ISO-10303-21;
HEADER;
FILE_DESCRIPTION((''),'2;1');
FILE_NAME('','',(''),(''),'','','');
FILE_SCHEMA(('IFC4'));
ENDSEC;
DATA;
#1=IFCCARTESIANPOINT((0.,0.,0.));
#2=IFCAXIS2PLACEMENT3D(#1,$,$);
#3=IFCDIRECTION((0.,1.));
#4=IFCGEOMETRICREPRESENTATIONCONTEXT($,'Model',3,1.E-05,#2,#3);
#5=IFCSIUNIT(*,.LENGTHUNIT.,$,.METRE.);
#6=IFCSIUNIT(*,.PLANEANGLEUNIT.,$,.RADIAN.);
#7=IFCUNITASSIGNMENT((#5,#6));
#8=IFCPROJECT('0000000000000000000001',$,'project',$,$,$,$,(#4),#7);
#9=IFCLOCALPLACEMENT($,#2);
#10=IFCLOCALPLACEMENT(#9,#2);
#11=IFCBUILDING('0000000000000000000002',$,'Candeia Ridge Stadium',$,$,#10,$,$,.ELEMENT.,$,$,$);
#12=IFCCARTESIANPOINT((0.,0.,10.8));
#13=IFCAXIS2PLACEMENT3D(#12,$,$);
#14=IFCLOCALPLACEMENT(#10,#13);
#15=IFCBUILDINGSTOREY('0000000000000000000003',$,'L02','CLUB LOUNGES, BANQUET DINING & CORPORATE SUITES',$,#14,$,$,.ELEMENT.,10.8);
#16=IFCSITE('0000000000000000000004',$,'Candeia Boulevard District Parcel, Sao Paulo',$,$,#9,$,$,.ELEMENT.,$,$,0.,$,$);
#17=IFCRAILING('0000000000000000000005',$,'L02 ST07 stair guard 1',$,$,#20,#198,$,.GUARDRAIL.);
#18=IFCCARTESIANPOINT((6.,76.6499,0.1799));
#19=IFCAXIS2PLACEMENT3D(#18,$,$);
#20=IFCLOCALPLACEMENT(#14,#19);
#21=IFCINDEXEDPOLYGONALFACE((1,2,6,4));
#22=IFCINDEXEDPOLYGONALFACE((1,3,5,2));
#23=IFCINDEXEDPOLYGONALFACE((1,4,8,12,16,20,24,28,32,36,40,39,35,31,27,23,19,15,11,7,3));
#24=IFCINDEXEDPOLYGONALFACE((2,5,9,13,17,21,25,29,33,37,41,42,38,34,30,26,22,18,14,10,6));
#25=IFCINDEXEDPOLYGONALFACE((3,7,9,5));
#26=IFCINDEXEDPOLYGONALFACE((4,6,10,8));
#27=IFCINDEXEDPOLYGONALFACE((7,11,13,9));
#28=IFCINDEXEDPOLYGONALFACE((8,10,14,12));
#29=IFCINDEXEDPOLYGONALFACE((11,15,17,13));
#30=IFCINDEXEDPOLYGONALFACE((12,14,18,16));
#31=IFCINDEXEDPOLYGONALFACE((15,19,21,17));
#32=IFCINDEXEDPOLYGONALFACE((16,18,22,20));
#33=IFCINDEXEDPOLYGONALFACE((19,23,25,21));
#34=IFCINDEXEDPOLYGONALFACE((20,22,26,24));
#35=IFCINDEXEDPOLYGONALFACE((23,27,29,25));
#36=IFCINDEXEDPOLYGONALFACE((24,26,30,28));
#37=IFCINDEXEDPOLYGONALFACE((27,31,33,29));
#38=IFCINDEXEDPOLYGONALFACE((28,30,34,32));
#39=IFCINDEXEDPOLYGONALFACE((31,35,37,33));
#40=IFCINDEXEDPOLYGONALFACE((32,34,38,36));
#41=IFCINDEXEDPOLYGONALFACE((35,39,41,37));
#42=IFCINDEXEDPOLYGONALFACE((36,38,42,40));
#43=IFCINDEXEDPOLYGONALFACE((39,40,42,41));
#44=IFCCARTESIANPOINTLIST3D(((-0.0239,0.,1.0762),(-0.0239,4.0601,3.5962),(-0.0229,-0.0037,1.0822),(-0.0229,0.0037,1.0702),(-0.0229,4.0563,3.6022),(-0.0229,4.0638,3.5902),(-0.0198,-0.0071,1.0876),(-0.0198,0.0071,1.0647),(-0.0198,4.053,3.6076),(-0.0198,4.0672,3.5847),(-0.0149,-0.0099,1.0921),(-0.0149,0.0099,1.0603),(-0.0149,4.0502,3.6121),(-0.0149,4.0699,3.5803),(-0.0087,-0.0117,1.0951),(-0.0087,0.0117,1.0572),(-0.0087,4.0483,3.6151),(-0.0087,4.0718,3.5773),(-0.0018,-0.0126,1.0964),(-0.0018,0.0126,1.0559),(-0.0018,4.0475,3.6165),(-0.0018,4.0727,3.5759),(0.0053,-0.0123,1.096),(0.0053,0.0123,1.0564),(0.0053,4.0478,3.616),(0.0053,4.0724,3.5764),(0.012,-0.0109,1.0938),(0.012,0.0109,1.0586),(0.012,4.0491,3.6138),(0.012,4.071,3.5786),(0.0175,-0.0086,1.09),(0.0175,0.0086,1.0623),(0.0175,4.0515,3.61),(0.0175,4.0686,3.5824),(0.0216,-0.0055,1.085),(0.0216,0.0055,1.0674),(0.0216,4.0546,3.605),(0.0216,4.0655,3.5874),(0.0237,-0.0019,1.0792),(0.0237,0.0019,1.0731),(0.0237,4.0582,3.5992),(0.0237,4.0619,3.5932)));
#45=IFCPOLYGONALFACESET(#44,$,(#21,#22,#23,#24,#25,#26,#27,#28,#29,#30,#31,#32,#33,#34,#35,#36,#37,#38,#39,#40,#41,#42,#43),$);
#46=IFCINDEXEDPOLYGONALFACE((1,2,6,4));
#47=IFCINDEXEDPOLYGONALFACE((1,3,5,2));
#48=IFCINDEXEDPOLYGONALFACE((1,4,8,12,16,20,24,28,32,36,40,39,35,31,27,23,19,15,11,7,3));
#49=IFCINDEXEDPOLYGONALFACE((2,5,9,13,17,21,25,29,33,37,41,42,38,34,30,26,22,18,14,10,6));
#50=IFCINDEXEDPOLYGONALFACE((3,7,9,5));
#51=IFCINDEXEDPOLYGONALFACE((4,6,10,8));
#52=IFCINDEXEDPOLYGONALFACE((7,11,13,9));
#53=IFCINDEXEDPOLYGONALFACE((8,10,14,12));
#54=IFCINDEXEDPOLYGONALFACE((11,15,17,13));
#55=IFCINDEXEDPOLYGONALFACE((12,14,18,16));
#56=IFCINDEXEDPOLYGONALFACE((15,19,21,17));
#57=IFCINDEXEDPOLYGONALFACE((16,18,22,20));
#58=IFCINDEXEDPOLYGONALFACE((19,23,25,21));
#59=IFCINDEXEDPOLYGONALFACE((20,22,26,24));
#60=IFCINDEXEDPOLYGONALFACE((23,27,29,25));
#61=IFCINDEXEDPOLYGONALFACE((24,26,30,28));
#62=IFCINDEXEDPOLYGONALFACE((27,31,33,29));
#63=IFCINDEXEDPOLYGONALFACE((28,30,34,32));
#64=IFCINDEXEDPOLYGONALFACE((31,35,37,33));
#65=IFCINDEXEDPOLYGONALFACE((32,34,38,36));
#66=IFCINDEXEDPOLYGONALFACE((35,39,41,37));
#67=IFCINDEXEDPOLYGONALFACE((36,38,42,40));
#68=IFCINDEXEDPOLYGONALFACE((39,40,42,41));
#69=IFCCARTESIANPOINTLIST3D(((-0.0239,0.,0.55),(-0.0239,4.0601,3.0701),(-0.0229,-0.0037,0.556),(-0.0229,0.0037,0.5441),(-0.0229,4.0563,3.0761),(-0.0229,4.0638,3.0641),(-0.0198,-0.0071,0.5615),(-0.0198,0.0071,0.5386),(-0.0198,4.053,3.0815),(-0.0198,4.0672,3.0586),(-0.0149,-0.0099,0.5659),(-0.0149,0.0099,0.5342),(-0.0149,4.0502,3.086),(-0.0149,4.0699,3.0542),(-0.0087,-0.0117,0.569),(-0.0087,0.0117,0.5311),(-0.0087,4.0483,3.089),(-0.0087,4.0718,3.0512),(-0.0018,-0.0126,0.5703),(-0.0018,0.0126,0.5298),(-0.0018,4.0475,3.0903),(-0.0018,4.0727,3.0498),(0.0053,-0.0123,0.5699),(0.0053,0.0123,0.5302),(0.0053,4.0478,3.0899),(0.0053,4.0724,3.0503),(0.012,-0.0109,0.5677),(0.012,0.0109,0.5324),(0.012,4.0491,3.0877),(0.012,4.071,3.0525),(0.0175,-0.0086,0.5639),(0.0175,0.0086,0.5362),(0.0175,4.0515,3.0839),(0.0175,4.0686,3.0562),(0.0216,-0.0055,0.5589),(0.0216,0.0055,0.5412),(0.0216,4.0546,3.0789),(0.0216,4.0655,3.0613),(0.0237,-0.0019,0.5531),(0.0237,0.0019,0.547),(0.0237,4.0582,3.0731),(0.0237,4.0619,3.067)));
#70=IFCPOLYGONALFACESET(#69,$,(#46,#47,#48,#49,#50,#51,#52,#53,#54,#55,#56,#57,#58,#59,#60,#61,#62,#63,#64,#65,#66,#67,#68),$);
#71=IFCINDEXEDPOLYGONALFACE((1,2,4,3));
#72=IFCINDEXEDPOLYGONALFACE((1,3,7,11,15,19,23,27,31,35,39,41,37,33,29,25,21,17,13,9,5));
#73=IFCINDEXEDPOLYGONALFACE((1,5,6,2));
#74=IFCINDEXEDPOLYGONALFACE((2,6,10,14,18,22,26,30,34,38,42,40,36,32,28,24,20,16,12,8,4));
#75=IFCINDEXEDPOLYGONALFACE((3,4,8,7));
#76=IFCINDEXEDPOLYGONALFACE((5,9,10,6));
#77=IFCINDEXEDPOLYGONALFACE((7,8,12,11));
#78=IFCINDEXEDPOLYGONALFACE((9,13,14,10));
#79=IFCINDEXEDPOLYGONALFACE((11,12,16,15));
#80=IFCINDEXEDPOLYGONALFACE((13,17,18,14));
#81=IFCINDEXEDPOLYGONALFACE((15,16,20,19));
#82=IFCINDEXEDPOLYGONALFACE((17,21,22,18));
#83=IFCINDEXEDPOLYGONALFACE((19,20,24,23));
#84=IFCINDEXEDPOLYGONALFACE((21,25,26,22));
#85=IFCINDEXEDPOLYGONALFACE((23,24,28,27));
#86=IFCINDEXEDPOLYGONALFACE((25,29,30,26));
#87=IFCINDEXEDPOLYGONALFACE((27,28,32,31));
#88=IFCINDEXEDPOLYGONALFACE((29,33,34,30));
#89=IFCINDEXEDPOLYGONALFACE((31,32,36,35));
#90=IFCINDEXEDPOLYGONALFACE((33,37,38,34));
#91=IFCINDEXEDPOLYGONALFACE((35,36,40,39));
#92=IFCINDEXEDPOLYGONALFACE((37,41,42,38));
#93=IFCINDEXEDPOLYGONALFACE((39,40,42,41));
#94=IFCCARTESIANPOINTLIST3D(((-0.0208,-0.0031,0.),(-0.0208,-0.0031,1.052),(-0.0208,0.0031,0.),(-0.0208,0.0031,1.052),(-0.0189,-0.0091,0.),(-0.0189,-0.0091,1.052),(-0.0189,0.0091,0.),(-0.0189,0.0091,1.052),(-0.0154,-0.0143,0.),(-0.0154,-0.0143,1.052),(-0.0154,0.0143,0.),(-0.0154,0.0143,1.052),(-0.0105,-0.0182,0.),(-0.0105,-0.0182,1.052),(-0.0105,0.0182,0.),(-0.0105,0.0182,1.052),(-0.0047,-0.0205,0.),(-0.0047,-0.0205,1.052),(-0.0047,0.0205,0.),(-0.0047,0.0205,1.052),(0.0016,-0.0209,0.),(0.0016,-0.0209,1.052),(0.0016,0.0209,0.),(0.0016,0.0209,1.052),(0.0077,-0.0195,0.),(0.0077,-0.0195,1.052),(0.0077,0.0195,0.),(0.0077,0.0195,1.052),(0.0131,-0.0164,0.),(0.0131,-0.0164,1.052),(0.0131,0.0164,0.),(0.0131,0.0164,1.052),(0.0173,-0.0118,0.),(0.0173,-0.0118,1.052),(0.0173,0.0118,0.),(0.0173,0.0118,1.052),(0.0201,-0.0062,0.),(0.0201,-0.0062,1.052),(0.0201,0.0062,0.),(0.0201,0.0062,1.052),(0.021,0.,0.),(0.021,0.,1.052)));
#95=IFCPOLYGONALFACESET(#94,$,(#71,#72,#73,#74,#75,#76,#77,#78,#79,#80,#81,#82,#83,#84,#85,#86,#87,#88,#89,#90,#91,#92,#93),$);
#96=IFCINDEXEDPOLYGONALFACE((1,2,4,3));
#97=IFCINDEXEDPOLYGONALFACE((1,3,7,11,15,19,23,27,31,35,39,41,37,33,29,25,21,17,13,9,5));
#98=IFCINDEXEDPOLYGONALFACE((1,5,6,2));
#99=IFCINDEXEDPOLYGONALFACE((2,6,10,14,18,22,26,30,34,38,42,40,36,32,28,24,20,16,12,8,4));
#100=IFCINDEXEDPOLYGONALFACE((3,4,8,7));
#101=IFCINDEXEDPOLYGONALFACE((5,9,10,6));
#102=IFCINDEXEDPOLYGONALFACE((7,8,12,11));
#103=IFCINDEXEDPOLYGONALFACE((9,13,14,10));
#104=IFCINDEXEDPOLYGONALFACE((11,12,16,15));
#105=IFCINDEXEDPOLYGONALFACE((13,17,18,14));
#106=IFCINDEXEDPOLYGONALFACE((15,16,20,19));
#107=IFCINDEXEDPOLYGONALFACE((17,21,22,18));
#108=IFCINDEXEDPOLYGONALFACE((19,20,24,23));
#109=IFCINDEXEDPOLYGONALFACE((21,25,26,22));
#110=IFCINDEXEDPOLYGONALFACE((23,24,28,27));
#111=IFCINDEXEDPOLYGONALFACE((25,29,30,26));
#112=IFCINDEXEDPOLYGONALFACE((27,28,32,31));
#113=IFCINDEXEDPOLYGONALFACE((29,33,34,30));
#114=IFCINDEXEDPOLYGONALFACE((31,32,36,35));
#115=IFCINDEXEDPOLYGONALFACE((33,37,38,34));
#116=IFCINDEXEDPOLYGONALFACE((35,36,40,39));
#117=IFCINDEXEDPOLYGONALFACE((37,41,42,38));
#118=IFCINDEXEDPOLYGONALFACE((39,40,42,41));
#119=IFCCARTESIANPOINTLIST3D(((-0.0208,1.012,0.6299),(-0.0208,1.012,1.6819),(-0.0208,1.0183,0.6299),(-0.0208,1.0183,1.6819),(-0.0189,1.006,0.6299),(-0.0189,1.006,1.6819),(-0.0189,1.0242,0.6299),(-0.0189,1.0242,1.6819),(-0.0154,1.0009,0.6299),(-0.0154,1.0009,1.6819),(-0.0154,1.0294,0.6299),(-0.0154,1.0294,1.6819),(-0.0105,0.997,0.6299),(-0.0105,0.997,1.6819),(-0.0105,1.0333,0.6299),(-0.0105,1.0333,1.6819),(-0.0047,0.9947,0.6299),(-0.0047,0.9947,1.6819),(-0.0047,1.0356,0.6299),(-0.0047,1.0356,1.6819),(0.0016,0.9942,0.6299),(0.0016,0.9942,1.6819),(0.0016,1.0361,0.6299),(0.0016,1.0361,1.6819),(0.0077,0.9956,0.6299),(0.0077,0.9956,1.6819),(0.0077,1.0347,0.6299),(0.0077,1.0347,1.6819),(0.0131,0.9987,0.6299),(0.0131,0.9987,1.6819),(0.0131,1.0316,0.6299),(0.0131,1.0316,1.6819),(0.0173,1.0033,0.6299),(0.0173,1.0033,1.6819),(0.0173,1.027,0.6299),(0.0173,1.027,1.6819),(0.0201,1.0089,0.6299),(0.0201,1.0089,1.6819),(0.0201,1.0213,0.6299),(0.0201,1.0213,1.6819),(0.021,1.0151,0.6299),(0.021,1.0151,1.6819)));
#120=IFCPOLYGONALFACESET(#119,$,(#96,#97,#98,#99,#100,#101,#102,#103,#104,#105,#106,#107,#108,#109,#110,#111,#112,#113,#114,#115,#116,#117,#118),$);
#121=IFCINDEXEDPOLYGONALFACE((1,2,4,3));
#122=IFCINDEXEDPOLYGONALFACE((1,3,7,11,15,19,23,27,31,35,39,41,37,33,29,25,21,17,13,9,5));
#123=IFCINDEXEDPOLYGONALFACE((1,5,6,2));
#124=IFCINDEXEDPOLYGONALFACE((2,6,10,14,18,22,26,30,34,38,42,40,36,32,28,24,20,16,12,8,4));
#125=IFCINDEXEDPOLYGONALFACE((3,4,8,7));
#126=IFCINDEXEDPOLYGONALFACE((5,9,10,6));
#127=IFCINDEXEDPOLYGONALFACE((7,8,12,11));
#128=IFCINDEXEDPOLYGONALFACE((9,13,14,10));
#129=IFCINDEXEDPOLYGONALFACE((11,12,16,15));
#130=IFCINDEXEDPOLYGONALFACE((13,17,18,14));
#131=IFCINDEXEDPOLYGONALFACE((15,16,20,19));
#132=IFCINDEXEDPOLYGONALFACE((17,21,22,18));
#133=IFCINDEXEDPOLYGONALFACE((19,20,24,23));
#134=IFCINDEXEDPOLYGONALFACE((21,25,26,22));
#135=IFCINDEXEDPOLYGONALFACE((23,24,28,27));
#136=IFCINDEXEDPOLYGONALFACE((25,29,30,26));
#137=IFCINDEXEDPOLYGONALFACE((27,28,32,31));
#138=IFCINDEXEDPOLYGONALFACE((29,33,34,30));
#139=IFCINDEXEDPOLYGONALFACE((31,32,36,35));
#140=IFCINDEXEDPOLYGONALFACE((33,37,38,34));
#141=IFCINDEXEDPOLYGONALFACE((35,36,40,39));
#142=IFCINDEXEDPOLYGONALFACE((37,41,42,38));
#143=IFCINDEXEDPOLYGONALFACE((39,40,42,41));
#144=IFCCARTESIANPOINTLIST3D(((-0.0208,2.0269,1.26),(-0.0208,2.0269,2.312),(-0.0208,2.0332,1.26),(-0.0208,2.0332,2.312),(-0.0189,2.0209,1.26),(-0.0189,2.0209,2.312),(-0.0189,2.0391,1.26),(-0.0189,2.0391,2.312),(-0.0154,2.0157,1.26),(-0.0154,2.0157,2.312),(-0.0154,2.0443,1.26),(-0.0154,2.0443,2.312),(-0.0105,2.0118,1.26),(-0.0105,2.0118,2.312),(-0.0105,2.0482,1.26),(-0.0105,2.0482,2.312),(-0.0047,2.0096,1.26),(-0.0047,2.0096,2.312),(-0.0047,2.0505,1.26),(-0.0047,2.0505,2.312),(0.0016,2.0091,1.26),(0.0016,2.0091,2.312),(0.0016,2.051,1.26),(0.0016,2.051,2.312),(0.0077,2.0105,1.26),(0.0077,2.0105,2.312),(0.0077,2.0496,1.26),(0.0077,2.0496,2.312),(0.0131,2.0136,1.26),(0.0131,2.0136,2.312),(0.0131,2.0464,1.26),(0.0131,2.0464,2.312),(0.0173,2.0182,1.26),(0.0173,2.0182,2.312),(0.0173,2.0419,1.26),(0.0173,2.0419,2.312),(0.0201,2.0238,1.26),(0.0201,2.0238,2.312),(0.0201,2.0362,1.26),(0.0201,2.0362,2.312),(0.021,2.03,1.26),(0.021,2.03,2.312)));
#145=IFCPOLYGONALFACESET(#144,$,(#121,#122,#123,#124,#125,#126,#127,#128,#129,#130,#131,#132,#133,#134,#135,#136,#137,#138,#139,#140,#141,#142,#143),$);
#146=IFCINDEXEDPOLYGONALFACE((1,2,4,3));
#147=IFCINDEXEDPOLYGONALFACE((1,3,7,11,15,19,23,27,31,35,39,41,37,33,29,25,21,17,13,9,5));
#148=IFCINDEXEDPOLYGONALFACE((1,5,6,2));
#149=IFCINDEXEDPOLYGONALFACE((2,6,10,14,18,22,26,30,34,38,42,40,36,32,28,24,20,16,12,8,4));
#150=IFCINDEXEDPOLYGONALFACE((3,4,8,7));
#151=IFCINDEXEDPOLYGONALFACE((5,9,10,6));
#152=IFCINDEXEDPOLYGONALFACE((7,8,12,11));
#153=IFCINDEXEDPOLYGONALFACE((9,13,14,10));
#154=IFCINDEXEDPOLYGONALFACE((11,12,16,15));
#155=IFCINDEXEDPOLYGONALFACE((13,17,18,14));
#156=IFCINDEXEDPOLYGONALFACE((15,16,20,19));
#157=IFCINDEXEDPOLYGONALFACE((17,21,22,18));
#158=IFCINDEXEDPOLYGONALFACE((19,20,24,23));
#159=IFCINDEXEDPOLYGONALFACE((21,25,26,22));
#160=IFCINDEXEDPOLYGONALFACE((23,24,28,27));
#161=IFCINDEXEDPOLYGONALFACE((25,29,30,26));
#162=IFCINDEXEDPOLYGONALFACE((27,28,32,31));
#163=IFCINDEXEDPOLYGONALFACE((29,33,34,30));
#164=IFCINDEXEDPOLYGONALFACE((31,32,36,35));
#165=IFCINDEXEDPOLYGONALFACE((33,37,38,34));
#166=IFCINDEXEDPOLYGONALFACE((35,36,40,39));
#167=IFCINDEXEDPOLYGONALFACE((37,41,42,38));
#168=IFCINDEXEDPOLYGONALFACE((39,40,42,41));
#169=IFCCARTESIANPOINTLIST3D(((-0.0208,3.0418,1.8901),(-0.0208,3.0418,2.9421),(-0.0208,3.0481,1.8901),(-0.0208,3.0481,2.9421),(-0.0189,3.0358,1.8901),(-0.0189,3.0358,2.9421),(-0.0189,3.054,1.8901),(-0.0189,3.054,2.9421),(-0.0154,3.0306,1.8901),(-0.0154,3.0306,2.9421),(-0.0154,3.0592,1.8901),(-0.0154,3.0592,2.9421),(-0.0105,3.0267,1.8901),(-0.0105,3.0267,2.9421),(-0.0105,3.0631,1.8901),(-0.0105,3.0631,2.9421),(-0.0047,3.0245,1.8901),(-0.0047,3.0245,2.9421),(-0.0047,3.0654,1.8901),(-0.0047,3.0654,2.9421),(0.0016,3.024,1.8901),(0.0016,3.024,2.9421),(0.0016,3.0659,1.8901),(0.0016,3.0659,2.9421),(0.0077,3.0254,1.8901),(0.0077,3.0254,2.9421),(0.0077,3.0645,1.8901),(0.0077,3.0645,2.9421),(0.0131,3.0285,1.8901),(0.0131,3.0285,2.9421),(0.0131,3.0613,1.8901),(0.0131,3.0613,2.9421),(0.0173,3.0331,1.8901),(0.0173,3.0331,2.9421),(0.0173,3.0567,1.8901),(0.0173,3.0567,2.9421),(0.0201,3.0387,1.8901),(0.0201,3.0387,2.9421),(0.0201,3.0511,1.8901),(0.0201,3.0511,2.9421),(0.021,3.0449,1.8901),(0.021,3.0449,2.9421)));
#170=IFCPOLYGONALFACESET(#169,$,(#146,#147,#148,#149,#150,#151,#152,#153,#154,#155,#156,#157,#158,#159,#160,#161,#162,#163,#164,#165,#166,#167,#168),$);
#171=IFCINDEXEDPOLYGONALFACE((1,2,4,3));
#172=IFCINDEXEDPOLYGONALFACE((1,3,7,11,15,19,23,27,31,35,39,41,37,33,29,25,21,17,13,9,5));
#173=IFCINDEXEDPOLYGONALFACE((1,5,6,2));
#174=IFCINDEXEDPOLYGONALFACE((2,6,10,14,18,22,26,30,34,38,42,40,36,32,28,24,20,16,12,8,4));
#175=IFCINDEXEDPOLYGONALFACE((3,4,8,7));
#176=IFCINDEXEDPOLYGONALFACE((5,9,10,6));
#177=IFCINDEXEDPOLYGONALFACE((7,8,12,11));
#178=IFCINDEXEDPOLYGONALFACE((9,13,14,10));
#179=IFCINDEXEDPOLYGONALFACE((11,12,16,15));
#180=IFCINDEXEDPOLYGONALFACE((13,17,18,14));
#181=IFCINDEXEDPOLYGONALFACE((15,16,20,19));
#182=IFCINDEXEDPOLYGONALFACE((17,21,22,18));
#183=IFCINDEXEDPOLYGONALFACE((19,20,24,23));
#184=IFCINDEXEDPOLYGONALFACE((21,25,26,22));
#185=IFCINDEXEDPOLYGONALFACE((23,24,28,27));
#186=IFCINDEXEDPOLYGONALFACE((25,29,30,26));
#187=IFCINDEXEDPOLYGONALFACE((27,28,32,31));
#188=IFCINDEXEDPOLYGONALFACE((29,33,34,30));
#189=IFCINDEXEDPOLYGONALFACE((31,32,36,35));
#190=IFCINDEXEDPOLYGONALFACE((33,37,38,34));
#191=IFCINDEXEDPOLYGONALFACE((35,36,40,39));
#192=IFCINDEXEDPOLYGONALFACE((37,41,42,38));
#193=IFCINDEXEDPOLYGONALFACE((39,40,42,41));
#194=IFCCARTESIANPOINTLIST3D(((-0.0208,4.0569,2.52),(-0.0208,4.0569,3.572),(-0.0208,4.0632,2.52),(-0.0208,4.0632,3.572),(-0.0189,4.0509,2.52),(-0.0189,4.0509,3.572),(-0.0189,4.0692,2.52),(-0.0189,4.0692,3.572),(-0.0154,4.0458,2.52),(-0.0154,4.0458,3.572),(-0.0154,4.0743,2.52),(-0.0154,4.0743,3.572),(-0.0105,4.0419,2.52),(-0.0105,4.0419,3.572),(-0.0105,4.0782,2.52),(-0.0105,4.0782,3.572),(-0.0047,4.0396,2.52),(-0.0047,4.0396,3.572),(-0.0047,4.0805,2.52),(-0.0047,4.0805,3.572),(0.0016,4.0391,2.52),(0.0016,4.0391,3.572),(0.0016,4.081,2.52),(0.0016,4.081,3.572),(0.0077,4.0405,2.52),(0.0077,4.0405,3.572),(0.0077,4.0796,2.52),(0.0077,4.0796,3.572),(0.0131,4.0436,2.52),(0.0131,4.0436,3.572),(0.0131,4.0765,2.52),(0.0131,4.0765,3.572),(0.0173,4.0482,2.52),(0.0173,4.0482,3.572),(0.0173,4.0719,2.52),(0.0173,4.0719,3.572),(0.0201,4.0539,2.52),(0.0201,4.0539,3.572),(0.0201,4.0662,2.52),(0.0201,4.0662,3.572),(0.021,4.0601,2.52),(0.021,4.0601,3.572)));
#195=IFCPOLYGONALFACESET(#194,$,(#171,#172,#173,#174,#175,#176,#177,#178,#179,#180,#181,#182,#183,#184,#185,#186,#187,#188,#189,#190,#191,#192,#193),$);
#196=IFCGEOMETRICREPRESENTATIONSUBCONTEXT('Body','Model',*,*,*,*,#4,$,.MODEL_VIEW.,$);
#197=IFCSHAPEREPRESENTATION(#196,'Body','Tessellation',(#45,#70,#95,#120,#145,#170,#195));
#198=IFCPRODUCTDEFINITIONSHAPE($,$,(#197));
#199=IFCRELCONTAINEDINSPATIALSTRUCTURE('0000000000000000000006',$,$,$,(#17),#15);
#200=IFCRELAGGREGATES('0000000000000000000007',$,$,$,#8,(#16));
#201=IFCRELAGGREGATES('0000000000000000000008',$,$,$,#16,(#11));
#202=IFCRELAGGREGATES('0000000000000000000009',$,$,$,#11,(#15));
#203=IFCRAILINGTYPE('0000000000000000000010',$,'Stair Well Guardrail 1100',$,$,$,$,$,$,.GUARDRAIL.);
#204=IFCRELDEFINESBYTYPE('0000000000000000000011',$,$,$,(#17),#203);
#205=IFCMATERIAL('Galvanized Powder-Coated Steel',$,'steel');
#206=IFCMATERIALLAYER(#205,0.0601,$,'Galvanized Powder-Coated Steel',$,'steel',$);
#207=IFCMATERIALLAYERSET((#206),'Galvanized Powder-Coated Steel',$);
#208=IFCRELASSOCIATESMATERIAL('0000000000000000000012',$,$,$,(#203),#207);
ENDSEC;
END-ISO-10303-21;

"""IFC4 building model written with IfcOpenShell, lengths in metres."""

from ifc_helpers import new_model, si_unit, direction, frame, origin, origin_2d, place, context, subcontext, project, spatial, circle, extrude, material, layer, layer_set, type_object, element, save


model = new_model("IFC4")

# Units and contexts
model_context = context("Model", 3, precision=1e-05, world=origin(), true_north=direction((0.0, 1.0)))
body_context = subcontext(model_context, "Body", "Model", "MODEL_VIEW")
ifc_project = project(units=[si_unit("LENGTHUNIT", "METRE"), si_unit("PLANEANGLEUNIT", "RADIAN")], contexts=[model_context])

# Site, building, storey
site_placement = place(None, origin())
site = spatial("IfcSite", under=ifc_project, at=site_placement, Name="Candeia Boulevard District Parcel, Sao Paulo", CompositionType="ELEMENT", RefElevation=0.0)
building_placement = place(site_placement, origin())
building = spatial("IfcBuilding", under=site, at=building_placement, Name="Candeia Ridge Stadium", CompositionType="ELEMENT")
storey_placement = place(building_placement, frame((0.0, 0.0, 10.8)))
storey = spatial("IfcBuildingStorey", under=building, at=storey_placement, Name="L02", Description="CLUB LOUNGES, BANQUET DINING & CORPORATE SUITES", CompositionType="ELEMENT", Elevation=10.8)

# Railing
ifc_material_1 = material(Name="Galvanized Powder-Coated Steel", Category="steel")
ifc_layer_1 = layer(ifc_material_1, 0.0601, Name="Galvanized Powder-Coated Steel", Category="steel")
ifc_layer_set_1 = layer_set([ifc_layer_1], Name="Galvanized Powder-Coated Steel")
railing_type_1 = type_object("IfcRailingType", Name="Stair Well Guardrail 1100", PredefinedType="GUARDRAIL", material=ifc_layer_set_1)
railing_1_placement = place(storey_placement, frame((6.0, 76.6499, 0.1799)))
element("IfcRailing", 1, at=railing_1_placement, inside=storey, type_object=railing_type_1, Name="L02 ST07 stair guard 1", PredefinedType="GUARDRAIL", context=body_context, shape_type="SweptSolid", body=[
    extrude(circle(Radius=0.0239, at=origin_2d()), frame((0.0, 0.0, 1.0762), z_axis=(0.0, 0.849642, 0.52736), x_axis=(-1.0, 0.0, 0.0)), (0.0, 0.0, 1.0), 4.7786),
    extrude(circle(Radius=0.0239, at=origin_2d()), frame((0.0, 0.0, 0.55), z_axis=(0.0, 0.849642, 0.52736), x_axis=(-1.0, 0.0, 0.0)), (0.0, 0.0, 1.0), 4.7786),
    extrude(circle(Radius=0.021, at=origin_2d()), origin(), (0.0, 0.0, 1.0), 1.052),
    extrude(circle(Radius=0.021, at=origin_2d()), frame((0.0, 1.0151, 0.6299)), (0.0, 0.0, 1.0), 1.052),
    extrude(circle(Radius=0.021, at=origin_2d()), frame((0.0, 2.03, 1.26)), (0.0, 0.0, 1.0), 1.052),
    extrude(circle(Radius=0.021, at=origin_2d()), frame((0.0, 3.0449, 1.8901)), (0.0, 0.0, 1.0), 1.052),
    extrude(circle(Radius=0.021, at=origin_2d()), frame((0.0, 4.0601, 2.52)), (0.0, 0.0, 1.0), 1.052),
])

save(model, "model.ifc")
